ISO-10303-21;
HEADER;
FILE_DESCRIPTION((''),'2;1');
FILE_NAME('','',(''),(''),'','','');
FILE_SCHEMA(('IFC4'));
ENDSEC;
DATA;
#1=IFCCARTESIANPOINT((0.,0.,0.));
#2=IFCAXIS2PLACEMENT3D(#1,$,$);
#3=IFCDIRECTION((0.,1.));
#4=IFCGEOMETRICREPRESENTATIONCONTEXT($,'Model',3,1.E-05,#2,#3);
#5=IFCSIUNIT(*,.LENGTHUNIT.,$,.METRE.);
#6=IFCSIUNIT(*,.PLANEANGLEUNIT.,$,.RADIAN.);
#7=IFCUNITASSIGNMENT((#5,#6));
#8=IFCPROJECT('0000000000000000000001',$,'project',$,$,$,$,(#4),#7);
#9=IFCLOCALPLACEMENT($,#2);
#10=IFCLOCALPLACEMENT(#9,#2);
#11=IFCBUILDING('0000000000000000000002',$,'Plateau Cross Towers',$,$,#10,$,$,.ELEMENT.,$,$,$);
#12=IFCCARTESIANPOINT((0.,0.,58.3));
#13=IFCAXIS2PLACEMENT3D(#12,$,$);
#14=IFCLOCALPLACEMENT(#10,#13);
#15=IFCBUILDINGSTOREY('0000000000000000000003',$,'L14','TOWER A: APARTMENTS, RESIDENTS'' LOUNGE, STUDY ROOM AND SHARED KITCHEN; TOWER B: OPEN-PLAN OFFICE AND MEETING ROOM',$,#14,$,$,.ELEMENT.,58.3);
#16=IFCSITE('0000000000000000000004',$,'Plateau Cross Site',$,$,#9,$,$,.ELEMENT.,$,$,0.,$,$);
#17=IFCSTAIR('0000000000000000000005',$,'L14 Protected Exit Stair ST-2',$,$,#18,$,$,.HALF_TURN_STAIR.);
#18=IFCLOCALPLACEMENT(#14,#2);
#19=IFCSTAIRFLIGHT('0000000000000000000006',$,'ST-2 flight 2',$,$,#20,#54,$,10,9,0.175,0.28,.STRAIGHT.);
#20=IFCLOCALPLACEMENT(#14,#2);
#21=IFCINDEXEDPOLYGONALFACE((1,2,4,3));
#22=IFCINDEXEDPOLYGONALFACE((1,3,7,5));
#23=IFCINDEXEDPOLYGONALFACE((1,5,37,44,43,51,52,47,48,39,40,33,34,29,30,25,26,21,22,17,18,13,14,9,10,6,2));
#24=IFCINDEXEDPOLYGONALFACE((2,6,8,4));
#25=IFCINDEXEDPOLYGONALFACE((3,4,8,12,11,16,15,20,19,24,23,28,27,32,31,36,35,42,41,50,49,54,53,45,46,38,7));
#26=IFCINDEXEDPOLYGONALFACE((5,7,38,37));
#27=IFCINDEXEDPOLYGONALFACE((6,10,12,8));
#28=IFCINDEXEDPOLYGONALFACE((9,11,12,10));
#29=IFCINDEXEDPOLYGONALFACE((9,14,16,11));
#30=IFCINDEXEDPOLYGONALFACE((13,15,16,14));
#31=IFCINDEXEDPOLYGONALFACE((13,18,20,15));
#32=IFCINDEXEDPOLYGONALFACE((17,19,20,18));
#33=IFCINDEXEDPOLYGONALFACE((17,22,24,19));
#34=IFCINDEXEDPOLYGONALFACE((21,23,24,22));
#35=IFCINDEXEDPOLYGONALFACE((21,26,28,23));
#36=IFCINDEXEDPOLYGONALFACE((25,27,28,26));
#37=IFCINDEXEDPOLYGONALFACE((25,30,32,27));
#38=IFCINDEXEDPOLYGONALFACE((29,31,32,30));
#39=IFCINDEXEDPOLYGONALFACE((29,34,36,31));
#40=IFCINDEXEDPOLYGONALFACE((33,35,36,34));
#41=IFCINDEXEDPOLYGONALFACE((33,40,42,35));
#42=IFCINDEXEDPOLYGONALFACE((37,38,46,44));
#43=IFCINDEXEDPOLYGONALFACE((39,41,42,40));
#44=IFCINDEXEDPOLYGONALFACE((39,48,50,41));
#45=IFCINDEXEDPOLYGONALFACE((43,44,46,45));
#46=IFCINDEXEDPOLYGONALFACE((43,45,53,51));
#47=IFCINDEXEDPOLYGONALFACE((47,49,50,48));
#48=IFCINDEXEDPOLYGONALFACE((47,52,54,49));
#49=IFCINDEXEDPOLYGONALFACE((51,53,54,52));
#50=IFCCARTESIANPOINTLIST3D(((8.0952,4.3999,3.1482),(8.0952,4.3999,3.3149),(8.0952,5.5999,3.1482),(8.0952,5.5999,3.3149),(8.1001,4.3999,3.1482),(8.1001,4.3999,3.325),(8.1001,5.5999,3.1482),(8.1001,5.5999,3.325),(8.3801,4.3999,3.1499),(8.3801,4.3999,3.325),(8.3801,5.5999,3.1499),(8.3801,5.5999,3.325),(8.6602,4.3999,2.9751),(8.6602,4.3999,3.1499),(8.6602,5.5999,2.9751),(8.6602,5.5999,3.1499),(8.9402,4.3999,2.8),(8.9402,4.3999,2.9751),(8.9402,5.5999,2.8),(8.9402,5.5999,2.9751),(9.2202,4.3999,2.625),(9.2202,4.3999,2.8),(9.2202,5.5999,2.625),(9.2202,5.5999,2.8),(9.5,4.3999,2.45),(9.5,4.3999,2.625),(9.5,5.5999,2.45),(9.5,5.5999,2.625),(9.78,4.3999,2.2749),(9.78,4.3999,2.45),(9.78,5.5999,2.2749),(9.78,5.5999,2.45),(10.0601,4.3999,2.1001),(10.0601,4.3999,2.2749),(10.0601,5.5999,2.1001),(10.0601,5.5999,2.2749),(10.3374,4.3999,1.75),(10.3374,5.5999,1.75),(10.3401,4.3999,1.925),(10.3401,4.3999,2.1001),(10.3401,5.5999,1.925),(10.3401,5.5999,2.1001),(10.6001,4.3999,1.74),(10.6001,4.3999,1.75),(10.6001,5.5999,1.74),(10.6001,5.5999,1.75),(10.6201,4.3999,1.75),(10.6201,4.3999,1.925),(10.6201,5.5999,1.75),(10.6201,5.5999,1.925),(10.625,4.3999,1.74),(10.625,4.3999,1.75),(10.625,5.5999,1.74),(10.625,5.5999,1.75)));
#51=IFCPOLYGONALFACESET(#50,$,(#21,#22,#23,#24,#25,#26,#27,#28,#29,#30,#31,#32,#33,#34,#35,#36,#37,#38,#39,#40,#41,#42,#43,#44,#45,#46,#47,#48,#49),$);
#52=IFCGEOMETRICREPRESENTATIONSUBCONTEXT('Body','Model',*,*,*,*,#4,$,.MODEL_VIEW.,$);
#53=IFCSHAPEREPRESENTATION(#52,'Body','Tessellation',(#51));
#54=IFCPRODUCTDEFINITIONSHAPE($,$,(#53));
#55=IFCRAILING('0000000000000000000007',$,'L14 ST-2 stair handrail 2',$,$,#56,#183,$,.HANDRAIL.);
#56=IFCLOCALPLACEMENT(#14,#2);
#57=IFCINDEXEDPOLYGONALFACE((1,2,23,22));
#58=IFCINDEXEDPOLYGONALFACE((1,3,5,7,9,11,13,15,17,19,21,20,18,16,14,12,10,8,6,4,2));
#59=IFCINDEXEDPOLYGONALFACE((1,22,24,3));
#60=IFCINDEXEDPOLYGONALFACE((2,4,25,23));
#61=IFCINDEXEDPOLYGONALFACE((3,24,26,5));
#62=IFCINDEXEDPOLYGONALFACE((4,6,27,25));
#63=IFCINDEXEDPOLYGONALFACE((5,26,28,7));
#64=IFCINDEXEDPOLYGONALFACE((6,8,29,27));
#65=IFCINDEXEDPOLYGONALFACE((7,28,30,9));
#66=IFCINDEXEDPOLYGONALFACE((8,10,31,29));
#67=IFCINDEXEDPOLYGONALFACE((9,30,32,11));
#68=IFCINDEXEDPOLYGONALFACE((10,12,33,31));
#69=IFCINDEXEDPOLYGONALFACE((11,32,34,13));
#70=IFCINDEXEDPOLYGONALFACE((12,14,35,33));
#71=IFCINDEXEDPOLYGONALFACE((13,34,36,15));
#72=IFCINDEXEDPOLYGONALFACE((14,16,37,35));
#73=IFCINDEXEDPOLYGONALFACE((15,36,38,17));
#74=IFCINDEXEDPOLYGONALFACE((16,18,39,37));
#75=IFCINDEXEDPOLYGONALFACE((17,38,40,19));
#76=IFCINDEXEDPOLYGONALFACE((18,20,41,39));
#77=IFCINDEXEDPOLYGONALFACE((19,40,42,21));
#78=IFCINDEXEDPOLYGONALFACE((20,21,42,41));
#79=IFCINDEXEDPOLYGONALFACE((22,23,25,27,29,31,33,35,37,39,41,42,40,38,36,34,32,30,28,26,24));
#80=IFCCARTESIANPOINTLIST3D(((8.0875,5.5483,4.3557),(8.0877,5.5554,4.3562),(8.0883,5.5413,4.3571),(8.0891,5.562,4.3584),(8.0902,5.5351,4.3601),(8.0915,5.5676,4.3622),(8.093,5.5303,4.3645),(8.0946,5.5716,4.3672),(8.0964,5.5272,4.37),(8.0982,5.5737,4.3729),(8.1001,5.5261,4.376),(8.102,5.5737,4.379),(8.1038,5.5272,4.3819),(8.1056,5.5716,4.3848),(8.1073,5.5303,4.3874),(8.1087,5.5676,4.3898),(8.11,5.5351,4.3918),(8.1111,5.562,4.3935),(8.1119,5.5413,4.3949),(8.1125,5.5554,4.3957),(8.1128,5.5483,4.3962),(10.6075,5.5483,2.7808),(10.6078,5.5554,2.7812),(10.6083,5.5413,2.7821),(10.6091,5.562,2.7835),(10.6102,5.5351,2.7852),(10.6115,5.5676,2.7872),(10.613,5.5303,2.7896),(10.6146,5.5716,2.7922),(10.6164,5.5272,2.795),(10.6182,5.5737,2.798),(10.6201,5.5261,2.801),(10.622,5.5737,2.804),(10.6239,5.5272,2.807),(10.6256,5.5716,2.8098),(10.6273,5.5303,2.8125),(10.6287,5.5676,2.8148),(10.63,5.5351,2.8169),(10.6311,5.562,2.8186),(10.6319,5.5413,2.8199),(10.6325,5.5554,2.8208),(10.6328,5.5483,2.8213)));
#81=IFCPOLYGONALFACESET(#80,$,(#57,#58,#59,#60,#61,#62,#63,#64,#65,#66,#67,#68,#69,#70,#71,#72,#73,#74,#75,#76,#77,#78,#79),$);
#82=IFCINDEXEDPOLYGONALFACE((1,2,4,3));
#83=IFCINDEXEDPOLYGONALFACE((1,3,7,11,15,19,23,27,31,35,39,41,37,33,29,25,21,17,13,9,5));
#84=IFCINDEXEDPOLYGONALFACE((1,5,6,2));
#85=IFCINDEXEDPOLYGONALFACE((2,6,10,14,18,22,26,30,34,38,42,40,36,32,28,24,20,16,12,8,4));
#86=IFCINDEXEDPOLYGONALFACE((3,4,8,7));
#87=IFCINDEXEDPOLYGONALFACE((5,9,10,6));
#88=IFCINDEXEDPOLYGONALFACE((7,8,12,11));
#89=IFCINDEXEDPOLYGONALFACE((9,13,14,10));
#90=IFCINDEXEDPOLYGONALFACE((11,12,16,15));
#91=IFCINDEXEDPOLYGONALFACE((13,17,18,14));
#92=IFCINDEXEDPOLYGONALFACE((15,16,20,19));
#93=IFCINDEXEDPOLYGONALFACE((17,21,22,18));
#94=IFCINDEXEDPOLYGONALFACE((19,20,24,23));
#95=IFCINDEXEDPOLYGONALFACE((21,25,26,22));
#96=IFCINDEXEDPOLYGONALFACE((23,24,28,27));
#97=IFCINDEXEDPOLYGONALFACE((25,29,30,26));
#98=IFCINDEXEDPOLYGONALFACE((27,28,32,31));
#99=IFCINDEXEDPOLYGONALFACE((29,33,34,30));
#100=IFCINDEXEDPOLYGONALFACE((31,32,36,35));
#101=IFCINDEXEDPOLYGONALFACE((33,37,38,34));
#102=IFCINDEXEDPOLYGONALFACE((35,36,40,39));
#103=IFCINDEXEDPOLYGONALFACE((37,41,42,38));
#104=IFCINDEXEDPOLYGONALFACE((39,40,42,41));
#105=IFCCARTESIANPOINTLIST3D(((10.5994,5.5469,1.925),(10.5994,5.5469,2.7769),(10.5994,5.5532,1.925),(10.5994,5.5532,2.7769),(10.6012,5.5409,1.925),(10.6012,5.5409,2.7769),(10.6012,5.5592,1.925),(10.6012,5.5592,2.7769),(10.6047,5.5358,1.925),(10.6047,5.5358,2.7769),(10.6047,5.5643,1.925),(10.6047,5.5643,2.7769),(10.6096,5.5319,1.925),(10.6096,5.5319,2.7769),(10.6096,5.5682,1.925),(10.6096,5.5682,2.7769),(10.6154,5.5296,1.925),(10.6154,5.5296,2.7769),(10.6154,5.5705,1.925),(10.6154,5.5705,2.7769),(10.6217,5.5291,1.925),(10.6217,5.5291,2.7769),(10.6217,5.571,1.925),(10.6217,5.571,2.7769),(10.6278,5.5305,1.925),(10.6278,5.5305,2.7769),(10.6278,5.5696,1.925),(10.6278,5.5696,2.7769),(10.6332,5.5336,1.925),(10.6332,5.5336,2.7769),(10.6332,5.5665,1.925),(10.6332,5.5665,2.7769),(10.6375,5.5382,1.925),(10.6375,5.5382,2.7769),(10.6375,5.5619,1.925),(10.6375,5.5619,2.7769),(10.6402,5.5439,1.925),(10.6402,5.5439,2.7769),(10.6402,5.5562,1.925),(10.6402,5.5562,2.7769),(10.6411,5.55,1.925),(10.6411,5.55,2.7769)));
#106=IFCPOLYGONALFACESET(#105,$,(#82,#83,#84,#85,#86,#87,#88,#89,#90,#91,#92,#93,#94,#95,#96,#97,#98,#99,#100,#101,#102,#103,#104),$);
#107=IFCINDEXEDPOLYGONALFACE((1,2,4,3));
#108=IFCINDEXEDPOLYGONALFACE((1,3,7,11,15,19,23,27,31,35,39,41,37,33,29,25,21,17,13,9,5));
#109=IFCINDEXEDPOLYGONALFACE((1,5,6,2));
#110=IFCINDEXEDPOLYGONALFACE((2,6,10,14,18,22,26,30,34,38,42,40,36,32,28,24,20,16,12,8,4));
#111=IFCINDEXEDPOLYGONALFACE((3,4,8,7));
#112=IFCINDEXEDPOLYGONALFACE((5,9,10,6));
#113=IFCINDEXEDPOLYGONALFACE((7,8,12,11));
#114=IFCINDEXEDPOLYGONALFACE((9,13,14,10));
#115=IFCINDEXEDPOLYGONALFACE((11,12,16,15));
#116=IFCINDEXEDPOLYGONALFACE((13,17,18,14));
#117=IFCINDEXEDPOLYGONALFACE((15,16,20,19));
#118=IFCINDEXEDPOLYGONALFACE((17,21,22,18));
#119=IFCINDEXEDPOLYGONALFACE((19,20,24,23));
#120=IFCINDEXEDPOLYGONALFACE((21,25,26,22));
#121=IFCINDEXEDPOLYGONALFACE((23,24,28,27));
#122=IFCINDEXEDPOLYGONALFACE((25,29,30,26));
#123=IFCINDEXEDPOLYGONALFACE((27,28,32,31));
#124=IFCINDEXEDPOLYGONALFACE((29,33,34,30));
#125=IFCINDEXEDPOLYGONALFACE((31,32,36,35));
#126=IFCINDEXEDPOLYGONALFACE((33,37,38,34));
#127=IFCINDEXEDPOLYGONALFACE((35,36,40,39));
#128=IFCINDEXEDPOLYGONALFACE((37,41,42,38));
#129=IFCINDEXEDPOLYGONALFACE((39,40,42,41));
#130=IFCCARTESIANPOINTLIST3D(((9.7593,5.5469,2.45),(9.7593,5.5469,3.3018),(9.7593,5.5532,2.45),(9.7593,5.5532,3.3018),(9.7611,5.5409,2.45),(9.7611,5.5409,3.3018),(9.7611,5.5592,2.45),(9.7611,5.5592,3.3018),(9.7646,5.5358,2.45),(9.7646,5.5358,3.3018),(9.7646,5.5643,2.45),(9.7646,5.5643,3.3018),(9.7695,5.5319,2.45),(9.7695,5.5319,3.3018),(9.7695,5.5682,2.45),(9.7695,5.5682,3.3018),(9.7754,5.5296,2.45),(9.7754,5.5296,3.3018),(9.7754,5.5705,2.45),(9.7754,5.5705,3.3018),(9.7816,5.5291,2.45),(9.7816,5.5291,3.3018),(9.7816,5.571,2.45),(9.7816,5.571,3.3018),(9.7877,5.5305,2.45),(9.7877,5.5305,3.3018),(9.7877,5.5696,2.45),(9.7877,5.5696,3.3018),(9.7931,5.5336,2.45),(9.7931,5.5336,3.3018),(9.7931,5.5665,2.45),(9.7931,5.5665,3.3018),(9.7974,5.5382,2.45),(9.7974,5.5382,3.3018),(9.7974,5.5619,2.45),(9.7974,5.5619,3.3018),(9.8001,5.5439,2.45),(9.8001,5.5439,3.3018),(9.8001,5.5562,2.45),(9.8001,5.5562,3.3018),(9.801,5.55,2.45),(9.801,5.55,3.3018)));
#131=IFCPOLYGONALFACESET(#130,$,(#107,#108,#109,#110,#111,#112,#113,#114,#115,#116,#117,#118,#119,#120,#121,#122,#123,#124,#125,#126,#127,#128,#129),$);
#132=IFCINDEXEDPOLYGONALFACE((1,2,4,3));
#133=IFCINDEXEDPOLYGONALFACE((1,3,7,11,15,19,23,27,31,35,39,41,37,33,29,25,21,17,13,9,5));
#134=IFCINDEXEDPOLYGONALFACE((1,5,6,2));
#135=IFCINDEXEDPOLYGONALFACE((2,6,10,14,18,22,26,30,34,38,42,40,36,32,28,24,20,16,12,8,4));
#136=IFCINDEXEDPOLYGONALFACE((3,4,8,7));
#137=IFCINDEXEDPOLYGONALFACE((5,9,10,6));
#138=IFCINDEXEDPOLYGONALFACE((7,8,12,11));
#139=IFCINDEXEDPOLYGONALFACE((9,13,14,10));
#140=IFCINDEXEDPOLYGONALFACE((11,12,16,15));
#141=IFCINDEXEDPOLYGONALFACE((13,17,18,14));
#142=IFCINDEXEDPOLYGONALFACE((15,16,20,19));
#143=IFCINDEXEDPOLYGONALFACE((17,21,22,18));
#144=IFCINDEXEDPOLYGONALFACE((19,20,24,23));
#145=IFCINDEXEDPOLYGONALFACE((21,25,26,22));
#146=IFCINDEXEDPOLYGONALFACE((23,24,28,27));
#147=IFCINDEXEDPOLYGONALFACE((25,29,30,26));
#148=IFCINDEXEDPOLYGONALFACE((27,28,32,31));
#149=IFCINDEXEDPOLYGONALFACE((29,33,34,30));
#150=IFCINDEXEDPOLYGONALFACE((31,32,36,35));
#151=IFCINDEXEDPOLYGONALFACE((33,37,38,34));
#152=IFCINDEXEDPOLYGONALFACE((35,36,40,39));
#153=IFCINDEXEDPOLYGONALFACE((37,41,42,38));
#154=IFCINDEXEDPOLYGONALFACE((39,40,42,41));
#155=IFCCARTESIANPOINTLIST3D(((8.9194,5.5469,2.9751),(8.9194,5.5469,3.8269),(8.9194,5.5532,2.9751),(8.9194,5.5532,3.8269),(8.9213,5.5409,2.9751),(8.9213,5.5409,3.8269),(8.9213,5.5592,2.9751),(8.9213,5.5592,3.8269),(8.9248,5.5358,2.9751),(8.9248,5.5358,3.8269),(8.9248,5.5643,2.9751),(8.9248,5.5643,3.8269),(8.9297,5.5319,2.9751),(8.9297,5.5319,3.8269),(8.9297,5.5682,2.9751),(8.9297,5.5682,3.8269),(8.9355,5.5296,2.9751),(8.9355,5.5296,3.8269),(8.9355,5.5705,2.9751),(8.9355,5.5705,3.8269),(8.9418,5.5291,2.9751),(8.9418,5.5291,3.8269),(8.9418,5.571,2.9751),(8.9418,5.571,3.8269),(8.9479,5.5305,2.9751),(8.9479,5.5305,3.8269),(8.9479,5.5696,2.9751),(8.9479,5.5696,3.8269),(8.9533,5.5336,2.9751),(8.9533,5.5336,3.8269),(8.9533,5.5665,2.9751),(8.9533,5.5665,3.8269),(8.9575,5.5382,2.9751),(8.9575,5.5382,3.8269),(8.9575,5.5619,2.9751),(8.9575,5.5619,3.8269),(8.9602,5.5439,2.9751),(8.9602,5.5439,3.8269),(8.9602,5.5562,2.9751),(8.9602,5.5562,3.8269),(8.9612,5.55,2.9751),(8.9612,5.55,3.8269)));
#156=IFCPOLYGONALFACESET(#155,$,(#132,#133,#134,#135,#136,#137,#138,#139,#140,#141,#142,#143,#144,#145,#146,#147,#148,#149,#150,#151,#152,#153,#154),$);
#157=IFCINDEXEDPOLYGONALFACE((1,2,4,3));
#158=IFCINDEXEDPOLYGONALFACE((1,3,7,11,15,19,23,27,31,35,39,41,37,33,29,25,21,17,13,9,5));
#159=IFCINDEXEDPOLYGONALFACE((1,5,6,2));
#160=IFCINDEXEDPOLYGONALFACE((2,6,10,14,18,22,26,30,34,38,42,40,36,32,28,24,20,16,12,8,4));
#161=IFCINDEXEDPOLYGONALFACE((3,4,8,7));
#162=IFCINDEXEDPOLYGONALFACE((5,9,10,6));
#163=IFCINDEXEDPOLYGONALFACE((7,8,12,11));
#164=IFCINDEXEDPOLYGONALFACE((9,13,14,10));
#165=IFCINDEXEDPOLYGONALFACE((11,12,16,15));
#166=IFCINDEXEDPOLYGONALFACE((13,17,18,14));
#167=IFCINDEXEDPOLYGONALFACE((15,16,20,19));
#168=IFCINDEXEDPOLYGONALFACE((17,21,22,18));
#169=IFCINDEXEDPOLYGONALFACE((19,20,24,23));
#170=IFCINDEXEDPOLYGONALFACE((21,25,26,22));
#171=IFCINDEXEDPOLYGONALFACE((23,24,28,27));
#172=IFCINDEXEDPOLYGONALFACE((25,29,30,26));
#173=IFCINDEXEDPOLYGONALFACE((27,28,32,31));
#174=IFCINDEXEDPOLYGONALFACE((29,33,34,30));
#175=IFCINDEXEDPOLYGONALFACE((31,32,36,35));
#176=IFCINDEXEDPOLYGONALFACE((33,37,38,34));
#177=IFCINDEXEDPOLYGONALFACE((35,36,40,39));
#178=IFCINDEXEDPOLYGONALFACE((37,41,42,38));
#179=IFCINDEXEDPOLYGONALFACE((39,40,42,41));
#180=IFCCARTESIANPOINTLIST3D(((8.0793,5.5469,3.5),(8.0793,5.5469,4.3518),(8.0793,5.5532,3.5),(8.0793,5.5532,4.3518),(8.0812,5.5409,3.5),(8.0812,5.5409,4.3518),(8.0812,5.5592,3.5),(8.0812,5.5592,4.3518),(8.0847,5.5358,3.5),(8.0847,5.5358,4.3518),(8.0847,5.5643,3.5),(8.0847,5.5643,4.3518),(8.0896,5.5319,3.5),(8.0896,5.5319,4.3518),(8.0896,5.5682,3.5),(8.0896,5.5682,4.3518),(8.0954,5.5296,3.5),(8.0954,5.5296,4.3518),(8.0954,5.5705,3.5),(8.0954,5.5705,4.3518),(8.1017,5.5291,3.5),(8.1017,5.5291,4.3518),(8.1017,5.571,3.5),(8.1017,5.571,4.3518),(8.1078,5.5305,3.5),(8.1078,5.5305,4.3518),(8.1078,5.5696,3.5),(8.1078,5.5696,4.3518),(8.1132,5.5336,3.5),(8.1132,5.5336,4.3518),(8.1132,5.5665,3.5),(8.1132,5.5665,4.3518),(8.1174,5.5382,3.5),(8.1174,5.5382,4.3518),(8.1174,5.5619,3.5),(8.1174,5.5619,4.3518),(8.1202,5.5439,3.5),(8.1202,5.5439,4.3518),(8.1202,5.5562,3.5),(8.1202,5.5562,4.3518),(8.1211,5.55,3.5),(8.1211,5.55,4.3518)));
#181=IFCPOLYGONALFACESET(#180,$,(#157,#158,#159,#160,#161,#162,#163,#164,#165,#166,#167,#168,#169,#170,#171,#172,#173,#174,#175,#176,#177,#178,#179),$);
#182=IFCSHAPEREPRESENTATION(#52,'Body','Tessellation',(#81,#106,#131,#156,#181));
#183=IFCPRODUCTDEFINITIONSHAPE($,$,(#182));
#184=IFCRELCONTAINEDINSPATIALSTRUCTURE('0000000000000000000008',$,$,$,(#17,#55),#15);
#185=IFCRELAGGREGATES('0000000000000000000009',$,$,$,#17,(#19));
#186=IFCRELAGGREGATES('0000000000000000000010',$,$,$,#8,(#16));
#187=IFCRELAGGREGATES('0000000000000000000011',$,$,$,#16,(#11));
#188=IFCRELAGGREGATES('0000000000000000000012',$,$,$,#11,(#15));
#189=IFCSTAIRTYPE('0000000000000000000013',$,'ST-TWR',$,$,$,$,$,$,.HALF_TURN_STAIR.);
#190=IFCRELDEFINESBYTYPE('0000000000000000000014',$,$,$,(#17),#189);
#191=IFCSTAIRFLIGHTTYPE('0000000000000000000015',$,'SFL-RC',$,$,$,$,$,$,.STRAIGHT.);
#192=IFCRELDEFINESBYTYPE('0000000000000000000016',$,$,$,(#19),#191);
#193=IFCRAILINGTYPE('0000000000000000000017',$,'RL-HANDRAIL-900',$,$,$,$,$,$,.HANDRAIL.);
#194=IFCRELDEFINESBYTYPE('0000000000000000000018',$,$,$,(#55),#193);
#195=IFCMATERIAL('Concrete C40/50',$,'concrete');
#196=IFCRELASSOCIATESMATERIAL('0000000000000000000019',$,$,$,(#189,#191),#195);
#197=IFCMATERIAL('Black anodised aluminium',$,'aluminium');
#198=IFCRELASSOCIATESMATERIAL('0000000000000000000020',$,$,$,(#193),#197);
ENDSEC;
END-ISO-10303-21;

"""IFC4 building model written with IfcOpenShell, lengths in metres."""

from ifc_helpers import new_model, si_unit, direction, frame, origin, origin_2d, place, context, subcontext, project, spatial, polyline, circle, outline, extrude, material, type_object, element, aggregate, save


model = new_model("IFC4")

# Units and contexts
model_context = context("Model", 3, precision=1e-05, world=origin(), true_north=direction((0.0, 1.0)))
body_context = subcontext(model_context, "Body", "Model", "MODEL_VIEW")
ifc_project = project(units=[si_unit("LENGTHUNIT", "METRE"), si_unit("PLANEANGLEUNIT", "RADIAN")], contexts=[model_context])

# Site, building, storey
site_placement = place(None, origin())
site = spatial("IfcSite", under=ifc_project, at=site_placement, Name="Plateau Cross Site", CompositionType="ELEMENT", RefElevation=0.0)
building_placement = place(site_placement, origin())
building = spatial("IfcBuilding", under=site, at=building_placement, Name="Plateau Cross Towers", CompositionType="ELEMENT")
storey_placement = place(building_placement, frame((0.0, 0.0, 58.3)))
storey = spatial("IfcBuildingStorey", under=building, at=storey_placement, Name="L14", Description="TOWER A: APARTMENTS, RESIDENTS' LOUNGE, STUDY ROOM AND SHARED KITCHEN; TOWER B: OPEN-PLAN OFFICE AND MEETING ROOM", CompositionType="ELEMENT", Elevation=58.3)

# Stair, stair flight
ifc_material_1 = material(Name="Concrete C40/50", Category="concrete")
stair_type = type_object("IfcStairType", Name="ST-TWR", PredefinedType="HALF_TURN_STAIR", material=ifc_material_1)
stair_placement = place(storey_placement, origin())
stair = element("IfcStair", 1, at=stair_placement, inside=storey, type_object=stair_type, Name="L14 Protected Exit Stair ST-2", PredefinedType="HALF_TURN_STAIR")
stair_flight_type = type_object("IfcStairFlightType", Name="SFL-RC", PredefinedType="STRAIGHT", material=ifc_material_1)
stair_flight_placement = place(storey_placement, frame((10.6201, 5.0, 1.75), z_axis=(0.0, 0.0, 1.0), x_axis=(-1.0, 0.0, 0.0)))
stair_flight = element("IfcStairFlight", 2, at=stair_flight_placement, type_object=stair_flight_type, Name="ST-2 flight 2", NumberOfRisers=10, NumberOfTreads=9, PredefinedType="STRAIGHT", RiserHeight=0.175, TreadLength=0.28, context=body_context, shape_type="SweptSolid", body=[
    extrude(outline(polyline([(-0.0049, -0.01), (-0.0049, 0.0), (0.0, 0.0), (0.0, 0.175), (0.28, 0.175), (0.28, 0.3501), (0.5601, 0.3501), (0.5601, 0.5249), (0.8401, 0.5249), (0.8401, 0.7), (1.1201, 0.7), (1.1201, 0.875), (1.3999, 0.875), (1.3999, 1.05), (1.6799, 1.05), (1.6799, 1.2251), (1.96, 1.2251), (1.96, 1.3999), (2.24, 1.3999), (2.24, 1.575), (2.52, 1.575), (2.5249, 1.5649), (2.5249, 1.3982), (2.52, 1.3982), (0.2827, 0.0), (0.02, 0.0), (0.02, -0.01), (-0.0049, -0.01)])), frame((0.0, 0.6001, 0.0), z_axis=(0.0, -1.0, 0.0), x_axis=(1.0, 0.0, 0.0)), (0.0, 0.0, 1.0), 1.2),
])
aggregate(stair, [stair_flight])

# Railing
ifc_material_2 = material(Name="Black anodised aluminium", Category="aluminium")
railing_type = type_object("IfcRailingType", Name="RL-HANDRAIL-900", PredefinedType="HANDRAIL", material=ifc_material_2)
railing_placement = place(storey_placement, frame((10.6201, 5.55, 1.925)))
element("IfcRailing", 3, at=railing_placement, inside=storey, type_object=railing_type, Name="L14 ST-2 stair handrail 2", PredefinedType="HANDRAIL", context=body_context, shape_type="SweptSolid", body=[
    extrude(circle(Radius=0.0239, at=origin_2d()), frame((0.0, 0.0, 0.876), z_axis=(-0.848008, 0.0, 0.529984), x_axis=(0.0, -1.0, 0.0)), (0.0, 0.0, 1.0), 2.9717),
    extrude(circle(Radius=0.021, at=origin_2d()), origin(), (0.0, 0.0, 1.0), 0.8518),
    extrude(circle(Radius=0.021, at=origin_2d()), frame((-0.8401, 0.0, 0.5249)), (0.0, 0.0, 1.0), 0.8518),
    extrude(circle(Radius=0.021, at=origin_2d()), frame((-1.6799, 0.0, 1.05)), (0.0, 0.0, 1.0), 0.8518),
    extrude(circle(Radius=0.021, at=origin_2d()), frame((-2.52, 0.0, 1.575)), (0.0, 0.0, 1.0), 0.8518),
])

save(model, "model.ifc")
